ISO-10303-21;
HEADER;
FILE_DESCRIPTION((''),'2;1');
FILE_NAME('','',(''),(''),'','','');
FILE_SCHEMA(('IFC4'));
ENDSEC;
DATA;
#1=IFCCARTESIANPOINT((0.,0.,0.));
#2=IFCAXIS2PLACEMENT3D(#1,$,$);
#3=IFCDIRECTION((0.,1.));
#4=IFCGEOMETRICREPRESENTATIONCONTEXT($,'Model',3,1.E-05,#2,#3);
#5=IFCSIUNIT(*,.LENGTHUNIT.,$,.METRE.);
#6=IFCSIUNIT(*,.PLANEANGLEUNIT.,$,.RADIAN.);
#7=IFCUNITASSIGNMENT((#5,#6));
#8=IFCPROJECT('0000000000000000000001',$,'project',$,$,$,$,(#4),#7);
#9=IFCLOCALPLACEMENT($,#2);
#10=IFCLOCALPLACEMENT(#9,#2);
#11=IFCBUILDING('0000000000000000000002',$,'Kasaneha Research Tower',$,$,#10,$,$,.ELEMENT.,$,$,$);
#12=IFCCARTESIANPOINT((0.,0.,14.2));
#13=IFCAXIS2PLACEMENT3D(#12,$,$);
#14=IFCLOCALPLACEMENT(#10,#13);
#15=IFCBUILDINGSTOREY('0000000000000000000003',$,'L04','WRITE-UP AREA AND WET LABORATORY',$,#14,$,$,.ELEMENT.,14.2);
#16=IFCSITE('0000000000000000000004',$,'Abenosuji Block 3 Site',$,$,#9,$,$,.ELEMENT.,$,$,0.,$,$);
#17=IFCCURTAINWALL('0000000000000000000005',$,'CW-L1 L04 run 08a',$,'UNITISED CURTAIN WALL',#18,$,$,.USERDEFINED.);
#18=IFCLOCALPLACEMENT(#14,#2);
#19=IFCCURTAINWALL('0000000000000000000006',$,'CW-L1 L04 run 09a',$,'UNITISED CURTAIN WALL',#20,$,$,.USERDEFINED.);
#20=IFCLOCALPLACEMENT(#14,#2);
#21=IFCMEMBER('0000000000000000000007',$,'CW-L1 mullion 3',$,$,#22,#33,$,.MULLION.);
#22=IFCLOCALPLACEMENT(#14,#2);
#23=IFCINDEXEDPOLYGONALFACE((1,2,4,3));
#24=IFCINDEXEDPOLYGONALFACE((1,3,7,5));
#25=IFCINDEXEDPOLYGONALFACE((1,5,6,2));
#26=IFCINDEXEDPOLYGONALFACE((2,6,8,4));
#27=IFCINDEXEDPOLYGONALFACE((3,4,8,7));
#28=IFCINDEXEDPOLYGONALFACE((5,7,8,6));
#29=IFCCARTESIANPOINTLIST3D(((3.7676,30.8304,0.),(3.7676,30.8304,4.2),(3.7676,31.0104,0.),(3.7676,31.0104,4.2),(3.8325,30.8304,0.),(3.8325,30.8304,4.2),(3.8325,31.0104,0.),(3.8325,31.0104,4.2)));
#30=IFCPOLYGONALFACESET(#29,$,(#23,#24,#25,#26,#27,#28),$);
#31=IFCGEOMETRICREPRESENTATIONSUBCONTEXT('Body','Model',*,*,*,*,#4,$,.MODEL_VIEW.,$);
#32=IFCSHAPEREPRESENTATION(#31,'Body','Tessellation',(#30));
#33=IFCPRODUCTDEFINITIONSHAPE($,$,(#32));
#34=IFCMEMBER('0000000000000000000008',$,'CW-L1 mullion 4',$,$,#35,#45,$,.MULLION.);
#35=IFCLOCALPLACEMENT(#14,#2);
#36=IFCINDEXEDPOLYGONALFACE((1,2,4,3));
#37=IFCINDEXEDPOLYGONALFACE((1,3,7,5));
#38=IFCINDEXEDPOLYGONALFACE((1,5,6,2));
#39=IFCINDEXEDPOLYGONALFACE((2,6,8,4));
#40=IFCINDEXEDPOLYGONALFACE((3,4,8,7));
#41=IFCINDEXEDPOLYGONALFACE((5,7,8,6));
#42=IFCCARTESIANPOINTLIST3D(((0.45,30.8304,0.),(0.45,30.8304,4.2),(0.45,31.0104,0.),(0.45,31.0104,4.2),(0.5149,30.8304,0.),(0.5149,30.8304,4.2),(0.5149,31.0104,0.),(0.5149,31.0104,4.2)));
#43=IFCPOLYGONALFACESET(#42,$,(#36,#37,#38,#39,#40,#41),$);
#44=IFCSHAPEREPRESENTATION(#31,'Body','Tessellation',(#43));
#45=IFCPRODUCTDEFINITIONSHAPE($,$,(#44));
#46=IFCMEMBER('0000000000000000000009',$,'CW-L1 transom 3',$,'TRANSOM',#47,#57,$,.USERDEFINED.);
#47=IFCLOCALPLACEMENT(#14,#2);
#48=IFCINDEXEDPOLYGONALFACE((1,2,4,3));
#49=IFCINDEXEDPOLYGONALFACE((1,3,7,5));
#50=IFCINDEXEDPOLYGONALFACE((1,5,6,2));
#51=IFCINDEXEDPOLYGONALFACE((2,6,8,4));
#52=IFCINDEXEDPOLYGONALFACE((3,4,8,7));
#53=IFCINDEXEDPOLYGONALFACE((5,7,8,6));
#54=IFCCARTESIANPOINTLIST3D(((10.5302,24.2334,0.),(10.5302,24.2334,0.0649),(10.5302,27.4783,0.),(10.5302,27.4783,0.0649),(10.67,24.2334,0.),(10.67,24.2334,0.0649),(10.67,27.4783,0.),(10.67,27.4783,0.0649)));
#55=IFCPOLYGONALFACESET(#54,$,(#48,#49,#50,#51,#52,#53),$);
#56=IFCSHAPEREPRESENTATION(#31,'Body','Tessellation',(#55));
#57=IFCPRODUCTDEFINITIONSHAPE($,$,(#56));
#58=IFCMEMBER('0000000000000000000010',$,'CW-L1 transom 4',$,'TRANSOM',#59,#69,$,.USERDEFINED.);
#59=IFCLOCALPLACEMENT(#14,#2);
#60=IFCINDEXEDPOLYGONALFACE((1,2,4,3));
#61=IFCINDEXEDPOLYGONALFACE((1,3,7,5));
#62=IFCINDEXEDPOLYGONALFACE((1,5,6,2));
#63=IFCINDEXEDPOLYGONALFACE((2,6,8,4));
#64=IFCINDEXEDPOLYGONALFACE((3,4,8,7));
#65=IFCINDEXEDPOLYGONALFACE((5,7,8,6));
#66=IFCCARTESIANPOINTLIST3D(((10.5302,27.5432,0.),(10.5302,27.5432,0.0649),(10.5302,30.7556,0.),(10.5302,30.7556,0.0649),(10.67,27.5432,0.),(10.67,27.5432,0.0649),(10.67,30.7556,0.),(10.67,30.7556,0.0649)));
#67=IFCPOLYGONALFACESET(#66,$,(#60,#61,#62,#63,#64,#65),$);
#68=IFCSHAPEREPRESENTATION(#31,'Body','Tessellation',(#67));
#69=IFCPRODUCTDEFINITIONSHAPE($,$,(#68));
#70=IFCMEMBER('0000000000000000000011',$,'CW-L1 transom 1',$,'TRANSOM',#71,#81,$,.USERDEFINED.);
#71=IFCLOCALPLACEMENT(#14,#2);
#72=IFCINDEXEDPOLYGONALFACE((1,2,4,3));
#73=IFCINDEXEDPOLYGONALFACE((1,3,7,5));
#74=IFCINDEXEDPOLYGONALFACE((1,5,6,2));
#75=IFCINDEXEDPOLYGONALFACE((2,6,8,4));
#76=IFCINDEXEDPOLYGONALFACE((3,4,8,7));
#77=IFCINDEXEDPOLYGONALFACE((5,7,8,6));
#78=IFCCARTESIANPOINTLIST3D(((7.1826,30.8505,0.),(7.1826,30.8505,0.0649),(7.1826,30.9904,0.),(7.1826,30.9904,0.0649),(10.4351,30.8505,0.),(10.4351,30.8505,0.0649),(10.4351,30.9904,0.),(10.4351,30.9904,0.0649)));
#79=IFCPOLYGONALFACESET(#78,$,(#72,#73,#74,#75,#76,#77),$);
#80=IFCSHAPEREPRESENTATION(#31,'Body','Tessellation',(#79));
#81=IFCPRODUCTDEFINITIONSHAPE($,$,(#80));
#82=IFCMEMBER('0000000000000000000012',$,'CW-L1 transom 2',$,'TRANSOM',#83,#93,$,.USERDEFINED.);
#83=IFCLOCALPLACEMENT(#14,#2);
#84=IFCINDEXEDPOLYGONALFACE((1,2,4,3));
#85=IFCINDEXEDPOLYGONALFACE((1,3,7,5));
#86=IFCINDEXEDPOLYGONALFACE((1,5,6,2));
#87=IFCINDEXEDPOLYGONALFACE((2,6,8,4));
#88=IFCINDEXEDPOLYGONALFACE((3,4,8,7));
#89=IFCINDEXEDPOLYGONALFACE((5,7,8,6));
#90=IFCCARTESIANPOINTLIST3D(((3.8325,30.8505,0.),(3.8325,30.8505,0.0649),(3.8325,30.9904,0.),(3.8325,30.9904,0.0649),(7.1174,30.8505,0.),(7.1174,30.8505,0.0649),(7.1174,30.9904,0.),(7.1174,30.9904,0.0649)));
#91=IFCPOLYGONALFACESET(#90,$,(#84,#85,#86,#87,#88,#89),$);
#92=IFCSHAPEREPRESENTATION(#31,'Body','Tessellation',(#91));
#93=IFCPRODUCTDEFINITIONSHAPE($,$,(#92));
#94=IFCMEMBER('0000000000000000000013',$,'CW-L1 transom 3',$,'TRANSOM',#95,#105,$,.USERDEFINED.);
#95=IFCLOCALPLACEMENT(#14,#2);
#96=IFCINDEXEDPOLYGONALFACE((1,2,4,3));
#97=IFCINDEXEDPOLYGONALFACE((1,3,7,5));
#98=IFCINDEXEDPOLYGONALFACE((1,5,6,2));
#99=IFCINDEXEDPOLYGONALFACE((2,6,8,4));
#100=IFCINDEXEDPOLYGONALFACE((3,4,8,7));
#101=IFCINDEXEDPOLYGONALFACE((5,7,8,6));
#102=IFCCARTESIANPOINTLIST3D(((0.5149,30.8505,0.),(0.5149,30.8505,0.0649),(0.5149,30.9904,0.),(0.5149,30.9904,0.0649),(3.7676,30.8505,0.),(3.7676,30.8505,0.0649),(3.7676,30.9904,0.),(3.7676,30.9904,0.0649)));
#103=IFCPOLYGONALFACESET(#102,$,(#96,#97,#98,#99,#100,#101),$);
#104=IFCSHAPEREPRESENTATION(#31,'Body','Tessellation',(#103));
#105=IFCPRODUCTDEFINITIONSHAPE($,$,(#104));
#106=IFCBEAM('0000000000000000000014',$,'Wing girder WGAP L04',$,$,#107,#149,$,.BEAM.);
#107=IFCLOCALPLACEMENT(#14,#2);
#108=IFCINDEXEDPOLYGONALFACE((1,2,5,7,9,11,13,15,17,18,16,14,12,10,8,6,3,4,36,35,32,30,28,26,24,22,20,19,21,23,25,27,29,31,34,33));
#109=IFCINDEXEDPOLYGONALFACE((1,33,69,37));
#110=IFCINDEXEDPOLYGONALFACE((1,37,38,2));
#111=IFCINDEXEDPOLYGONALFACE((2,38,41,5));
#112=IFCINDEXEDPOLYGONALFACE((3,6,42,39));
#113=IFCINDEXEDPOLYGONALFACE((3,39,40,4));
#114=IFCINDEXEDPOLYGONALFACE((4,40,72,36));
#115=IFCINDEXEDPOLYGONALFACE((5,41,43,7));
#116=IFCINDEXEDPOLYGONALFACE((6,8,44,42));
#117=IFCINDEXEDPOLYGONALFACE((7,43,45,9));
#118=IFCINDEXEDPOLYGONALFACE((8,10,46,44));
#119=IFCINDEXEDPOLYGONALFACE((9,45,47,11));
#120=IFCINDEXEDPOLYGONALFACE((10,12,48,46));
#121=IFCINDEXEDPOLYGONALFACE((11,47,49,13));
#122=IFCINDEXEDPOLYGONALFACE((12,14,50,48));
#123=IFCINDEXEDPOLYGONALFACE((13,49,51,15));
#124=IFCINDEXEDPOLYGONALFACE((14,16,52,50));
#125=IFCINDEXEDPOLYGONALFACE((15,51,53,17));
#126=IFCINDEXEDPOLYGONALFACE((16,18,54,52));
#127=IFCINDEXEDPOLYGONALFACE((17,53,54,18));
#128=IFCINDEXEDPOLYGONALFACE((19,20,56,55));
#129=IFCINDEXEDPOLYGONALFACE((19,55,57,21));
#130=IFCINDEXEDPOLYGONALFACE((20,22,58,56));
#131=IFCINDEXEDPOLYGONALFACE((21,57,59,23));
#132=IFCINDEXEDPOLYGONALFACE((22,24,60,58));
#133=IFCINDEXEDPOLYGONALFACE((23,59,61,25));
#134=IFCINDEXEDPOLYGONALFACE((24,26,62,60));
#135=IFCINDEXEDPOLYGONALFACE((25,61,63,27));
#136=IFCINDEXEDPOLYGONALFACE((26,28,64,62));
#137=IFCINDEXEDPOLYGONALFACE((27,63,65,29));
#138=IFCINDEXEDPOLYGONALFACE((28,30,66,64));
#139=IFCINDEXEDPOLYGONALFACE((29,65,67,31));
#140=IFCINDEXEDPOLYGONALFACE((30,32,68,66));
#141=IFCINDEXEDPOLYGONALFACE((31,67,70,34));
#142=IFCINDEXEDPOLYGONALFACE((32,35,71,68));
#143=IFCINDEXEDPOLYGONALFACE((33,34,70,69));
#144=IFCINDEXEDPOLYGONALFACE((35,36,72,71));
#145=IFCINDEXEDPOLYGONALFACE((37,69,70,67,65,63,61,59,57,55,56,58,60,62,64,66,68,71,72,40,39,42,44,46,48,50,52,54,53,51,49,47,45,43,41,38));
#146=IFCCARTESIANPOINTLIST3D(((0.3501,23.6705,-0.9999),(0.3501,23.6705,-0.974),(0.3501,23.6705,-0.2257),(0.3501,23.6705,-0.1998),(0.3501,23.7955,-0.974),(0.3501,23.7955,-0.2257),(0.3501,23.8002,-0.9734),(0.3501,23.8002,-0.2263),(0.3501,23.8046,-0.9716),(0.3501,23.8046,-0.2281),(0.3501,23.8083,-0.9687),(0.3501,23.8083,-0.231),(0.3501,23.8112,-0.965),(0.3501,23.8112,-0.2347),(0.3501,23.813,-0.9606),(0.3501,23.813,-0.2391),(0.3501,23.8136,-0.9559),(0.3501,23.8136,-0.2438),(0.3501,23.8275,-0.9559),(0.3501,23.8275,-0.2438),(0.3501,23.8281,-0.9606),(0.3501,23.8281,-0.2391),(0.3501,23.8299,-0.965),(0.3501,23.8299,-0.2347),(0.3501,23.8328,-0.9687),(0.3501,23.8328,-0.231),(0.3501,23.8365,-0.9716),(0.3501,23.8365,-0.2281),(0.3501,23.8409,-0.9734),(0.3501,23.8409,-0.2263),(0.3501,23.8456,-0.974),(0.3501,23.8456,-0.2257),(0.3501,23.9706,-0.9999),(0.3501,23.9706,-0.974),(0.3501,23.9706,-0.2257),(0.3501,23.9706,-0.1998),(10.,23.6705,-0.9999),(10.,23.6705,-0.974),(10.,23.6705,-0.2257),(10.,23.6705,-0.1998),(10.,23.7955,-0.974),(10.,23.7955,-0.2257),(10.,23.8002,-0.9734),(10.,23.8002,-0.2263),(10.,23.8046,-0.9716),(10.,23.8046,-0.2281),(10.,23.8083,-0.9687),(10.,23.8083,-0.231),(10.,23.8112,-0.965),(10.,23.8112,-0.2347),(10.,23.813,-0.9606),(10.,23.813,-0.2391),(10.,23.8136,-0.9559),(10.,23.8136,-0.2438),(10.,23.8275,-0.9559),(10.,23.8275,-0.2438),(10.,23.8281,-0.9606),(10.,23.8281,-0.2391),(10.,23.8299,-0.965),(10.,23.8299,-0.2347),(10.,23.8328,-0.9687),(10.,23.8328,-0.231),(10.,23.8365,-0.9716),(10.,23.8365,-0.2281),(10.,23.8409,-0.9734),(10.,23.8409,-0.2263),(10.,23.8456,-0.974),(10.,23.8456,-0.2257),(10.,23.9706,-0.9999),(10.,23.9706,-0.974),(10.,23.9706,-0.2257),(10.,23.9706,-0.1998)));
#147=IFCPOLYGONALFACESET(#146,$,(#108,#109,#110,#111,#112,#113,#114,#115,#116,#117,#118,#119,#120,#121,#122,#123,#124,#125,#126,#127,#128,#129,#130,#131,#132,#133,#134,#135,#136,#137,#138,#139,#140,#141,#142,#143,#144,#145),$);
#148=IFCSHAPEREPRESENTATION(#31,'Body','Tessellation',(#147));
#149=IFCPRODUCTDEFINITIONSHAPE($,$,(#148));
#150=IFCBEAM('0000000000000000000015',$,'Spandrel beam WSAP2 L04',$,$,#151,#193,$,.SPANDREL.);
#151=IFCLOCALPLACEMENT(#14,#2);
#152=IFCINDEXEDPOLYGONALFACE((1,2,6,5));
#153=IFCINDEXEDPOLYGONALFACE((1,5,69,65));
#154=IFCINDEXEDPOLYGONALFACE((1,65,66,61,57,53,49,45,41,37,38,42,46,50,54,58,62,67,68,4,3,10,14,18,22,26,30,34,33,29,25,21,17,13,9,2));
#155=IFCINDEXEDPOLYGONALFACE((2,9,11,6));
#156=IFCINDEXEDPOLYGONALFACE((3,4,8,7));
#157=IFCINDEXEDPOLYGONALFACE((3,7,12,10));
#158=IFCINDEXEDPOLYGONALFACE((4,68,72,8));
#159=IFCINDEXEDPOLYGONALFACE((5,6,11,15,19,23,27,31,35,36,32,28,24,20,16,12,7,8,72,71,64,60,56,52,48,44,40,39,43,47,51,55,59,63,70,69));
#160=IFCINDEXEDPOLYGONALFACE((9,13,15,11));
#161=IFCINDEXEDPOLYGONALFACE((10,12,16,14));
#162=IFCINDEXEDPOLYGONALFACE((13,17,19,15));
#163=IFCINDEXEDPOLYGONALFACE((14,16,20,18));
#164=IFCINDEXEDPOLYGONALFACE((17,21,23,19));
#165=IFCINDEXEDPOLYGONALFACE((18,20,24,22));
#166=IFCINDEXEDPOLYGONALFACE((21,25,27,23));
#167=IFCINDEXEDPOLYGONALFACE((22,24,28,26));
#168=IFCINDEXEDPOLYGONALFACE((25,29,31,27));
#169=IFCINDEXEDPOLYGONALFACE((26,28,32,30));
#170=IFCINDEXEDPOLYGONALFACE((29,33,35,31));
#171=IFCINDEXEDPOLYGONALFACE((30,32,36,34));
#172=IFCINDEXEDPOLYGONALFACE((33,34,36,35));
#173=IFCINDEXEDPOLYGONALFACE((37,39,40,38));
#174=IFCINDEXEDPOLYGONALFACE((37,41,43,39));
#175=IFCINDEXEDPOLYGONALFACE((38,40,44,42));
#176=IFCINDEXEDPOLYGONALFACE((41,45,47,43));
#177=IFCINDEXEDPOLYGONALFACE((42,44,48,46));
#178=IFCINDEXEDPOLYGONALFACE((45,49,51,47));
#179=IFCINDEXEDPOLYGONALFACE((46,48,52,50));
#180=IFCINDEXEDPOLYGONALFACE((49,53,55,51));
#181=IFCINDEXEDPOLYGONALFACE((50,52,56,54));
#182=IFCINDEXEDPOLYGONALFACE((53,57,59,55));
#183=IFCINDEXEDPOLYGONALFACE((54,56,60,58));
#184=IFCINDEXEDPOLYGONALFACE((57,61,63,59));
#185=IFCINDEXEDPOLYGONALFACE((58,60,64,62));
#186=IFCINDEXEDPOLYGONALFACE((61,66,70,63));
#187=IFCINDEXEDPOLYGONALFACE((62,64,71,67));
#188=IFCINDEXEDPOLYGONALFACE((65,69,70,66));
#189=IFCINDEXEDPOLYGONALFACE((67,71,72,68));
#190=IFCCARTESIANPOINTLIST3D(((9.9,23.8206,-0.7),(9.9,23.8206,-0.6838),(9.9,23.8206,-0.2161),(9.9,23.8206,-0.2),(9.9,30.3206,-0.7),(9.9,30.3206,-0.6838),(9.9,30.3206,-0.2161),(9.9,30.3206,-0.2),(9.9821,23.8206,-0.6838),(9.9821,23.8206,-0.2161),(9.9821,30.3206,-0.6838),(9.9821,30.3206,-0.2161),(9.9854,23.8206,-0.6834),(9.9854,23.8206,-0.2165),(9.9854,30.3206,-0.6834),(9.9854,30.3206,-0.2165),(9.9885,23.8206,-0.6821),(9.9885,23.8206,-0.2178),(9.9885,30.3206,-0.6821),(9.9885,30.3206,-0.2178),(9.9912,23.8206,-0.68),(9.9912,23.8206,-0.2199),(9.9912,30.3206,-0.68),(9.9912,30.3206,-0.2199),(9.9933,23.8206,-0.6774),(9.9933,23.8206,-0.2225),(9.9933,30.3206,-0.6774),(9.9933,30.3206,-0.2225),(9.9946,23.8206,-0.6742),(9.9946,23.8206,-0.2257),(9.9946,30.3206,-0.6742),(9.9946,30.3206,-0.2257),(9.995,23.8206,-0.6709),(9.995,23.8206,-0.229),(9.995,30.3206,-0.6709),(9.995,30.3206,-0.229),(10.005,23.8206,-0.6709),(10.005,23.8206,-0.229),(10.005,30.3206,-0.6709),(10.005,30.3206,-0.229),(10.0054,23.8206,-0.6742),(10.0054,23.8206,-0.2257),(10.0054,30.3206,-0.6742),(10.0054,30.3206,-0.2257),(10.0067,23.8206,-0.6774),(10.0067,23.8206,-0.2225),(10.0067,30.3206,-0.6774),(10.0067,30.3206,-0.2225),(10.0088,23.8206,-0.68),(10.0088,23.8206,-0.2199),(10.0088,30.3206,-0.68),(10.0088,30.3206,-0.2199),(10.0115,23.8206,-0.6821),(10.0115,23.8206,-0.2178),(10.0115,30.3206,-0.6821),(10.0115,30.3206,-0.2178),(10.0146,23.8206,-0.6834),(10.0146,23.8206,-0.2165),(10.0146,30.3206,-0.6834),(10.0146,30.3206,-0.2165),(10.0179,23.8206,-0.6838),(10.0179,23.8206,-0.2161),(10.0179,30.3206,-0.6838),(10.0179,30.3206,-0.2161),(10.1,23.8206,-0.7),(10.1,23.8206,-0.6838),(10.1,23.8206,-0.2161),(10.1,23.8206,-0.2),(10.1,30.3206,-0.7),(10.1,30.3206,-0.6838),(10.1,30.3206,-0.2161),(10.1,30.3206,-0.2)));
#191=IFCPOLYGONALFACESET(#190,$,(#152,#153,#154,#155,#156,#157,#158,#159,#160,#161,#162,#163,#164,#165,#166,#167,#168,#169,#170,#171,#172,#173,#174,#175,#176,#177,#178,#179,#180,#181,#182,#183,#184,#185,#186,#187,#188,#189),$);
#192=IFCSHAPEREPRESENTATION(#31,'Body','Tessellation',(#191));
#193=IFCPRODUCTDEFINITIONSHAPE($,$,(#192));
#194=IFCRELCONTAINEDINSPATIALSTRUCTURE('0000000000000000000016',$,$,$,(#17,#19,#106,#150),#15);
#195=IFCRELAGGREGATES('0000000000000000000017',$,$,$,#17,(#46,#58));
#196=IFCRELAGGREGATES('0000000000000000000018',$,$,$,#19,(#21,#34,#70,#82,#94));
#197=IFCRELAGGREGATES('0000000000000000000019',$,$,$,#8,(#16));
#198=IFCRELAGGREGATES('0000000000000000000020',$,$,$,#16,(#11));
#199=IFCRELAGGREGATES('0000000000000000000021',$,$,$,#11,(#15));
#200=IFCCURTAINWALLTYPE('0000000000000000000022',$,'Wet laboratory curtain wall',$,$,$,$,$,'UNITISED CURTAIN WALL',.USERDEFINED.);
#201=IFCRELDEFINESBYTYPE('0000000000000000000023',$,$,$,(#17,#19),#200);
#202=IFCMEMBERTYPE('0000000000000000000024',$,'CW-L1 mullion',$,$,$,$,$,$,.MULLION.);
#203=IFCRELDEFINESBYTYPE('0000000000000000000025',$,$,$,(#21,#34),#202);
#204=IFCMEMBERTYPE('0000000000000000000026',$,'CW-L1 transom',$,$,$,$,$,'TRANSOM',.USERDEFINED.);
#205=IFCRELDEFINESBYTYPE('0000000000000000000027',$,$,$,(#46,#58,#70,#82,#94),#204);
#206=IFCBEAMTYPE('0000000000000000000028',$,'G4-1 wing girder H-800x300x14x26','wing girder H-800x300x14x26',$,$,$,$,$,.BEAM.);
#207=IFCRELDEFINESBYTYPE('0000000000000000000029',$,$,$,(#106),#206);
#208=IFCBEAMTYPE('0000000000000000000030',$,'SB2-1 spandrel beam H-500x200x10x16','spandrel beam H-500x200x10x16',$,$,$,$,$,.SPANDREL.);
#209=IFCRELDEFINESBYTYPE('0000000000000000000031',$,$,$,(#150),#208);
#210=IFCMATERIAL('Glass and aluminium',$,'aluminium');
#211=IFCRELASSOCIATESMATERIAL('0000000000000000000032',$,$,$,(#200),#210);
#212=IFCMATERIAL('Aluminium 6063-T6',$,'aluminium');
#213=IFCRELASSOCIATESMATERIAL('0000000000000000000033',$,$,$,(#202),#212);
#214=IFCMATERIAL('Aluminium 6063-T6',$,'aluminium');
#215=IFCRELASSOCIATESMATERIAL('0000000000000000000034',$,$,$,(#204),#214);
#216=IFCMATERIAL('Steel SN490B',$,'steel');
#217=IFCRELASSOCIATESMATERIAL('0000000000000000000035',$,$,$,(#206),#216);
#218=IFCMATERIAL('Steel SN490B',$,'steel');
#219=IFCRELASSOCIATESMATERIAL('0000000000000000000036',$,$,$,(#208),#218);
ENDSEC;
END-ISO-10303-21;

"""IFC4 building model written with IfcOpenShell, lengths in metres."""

from ifc_helpers import new_model, si_unit, direction, frame, origin, origin_2d, place, context, subcontext, project, spatial, rectangle, i_section, extrude, material, material_profile, profile_set, type_object, element, aggregate, save


model = new_model("IFC4")

# Units and contexts
model_context = context("Model", 3, precision=1e-05, world=origin(), true_north=direction((0.0, 1.0)))
body_context = subcontext(model_context, "Body", "Model", "MODEL_VIEW")
ifc_project = project(units=[si_unit("LENGTHUNIT", "METRE"), si_unit("PLANEANGLEUNIT", "RADIAN")], contexts=[model_context])

# Site, building, storey
site_placement = place(None, origin())
site = spatial("IfcSite", under=ifc_project, at=site_placement, Name="Abenosuji Block 3 Site", CompositionType="ELEMENT", RefElevation=0.0)
building_placement = place(site_placement, origin())
building = spatial("IfcBuilding", under=site, at=building_placement, Name="Kasaneha Research Tower", CompositionType="ELEMENT")
storey_placement = place(building_placement, frame((0.0, 0.0, 14.2)))
storey = spatial("IfcBuildingStorey", under=building, at=storey_placement, Name="L04", Description="WRITE-UP AREA AND WET LABORATORY", CompositionType="ELEMENT", Elevation=14.2)

# Curtain walls, members
ifc_material_1 = material(Name="Glass and aluminium", Category="aluminium")
curtain_wall_type = type_object("IfcCurtainWallType", Name="Wet laboratory curtain wall", ElementType="UNITISED CURTAIN WALL", PredefinedType="USERDEFINED", material=ifc_material_1)
curtain_wall_1_placement = place(storey_placement, origin())
curtain_wall_1 = element("IfcCurtainWall", 1, at=curtain_wall_1_placement, inside=storey, type_object=curtain_wall_type, Name="CW-L1 L04 run 08a", ObjectType="UNITISED CURTAIN WALL", PredefinedType="USERDEFINED")
ifc_material_2 = material(Name="Aluminium 6063-T6", Category="aluminium")
ifc_material_profile_1 = material_profile(ifc_material_2, rectangle(XDim=0.0649, YDim=0.1799, at=origin_2d()), Name="CW-L1 mullion 65x180")
ifc_profile_set_1 = profile_set([ifc_material_profile_1], Name="Aluminium 6063-T6")
member_type_1 = type_object("IfcMemberType", Name="CW-L1 mullion", PredefinedType="MULLION", material=ifc_profile_set_1)
curtain_wall_2_placement = place(storey_placement, origin())
curtain_wall_2 = element("IfcCurtainWall", 2, at=curtain_wall_2_placement, inside=storey, type_object=curtain_wall_type, Name="CW-L1 L04 run 09a", ObjectType="UNITISED CURTAIN WALL", PredefinedType="USERDEFINED")
member_1_placement = place(storey_placement, frame((3.8, 30.9204, 0.0), z_axis=(0.0, 0.0, 1.0), x_axis=(-1.0, 0.0, 0.0)))
member_1 = element("IfcMember", 3, at=member_1_placement, type_object=member_type_1, Name="CW-L1 mullion 3", PredefinedType="MULLION", context=body_context, shape_type="SweptSolid", body=[
    extrude(rectangle(XDim=0.0649, YDim=0.1799, at=origin_2d()), origin(), (0.0, 0.0, 1.0), 4.2),
])
member_2_placement = place(storey_placement, frame((0.4824, 30.9204, 0.0), z_axis=(0.0, 0.0, 1.0), x_axis=(-1.0, 0.0, 0.0)))
member_2 = element("IfcMember", 4, at=member_2_placement, type_object=member_type_1, Name="CW-L1 mullion 4", PredefinedType="MULLION", context=body_context, shape_type="SweptSolid", body=[
    extrude(rectangle(XDim=0.0649, YDim=0.1799, at=origin_2d()), origin(), (0.0, 0.0, 1.0), 4.2),
])

# Members
ifc_material_3 = material(Name="Aluminium 6063-T6", Category="aluminium")
ifc_material_profile_2 = material_profile(ifc_material_3, rectangle(XDim=0.1399, YDim=0.0649, at=origin_2d()), Name="CW-L1 transom 140x65")
ifc_profile_set_2 = profile_set([ifc_material_profile_2], Name="Aluminium 6063-T6")
member_type_2 = type_object("IfcMemberType", Name="CW-L1 transom", ElementType="TRANSOM", PredefinedType="USERDEFINED", material=ifc_profile_set_2)
member_3_placement = place(storey_placement, frame((10.6001, 24.2334, 0.0325), z_axis=(0.0, 1.0, 0.0), x_axis=(-1.0, 0.0, 0.0)))
member_3 = element("IfcMember", 5, at=member_3_placement, type_object=member_type_2, Name="CW-L1 transom 3", ObjectType="TRANSOM", PredefinedType="USERDEFINED", context=body_context, shape_type="SweptSolid", body=[
    extrude(rectangle(XDim=0.1399, YDim=0.0649, at=origin_2d()), origin(), (0.0, 0.0, 1.0), 3.2449),
])
member_4_placement = place(storey_placement, frame((10.6001, 27.5432, 0.0325), z_axis=(0.0, 1.0, 0.0), x_axis=(-1.0, 0.0, 0.0)))
member_4 = element("IfcMember", 6, at=member_4_placement, type_object=member_type_2, Name="CW-L1 transom 4", ObjectType="TRANSOM", PredefinedType="USERDEFINED", context=body_context, shape_type="SweptSolid", body=[
    extrude(rectangle(XDim=0.1399, YDim=0.0649, at=origin_2d()), origin(), (0.0, 0.0, 1.0), 3.2124),
])
member_5_placement = place(storey_placement, frame((10.4351, 30.9204, 0.0325), z_axis=(-1.0, 0.0, 0.0), x_axis=(0.0, -1.0, 0.0)))
member_5 = element("IfcMember", 7, at=member_5_placement, type_object=member_type_2, Name="CW-L1 transom 1", ObjectType="TRANSOM", PredefinedType="USERDEFINED", context=body_context, shape_type="SweptSolid", body=[
    extrude(rectangle(XDim=0.1399, YDim=0.0649, at=origin_2d()), origin(), (0.0, 0.0, 1.0), 3.2524),
])
member_6_placement = place(storey_placement, frame((7.1174, 30.9204, 0.0325), z_axis=(-1.0, 0.0, 0.0), x_axis=(0.0, -1.0, 0.0)))
member_6 = element("IfcMember", 8, at=member_6_placement, type_object=member_type_2, Name="CW-L1 transom 2", ObjectType="TRANSOM", PredefinedType="USERDEFINED", context=body_context, shape_type="SweptSolid", body=[
    extrude(rectangle(XDim=0.1399, YDim=0.0649, at=origin_2d()), origin(), (0.0, 0.0, 1.0), 3.2849),
])
member_7_placement = place(storey_placement, frame((3.7676, 30.9204, 0.0325), z_axis=(-1.0, 0.0, 0.0), x_axis=(0.0, -1.0, 0.0)))
member_7 = element("IfcMember", 9, at=member_7_placement, type_object=member_type_2, Name="CW-L1 transom 3", ObjectType="TRANSOM", PredefinedType="USERDEFINED", context=body_context, shape_type="SweptSolid", body=[
    extrude(rectangle(XDim=0.1399, YDim=0.0649, at=origin_2d()), origin(), (0.0, 0.0, 1.0), 3.2527),
])

# Beams
ifc_material_4 = material(Name="Steel SN490B", Category="steel")
ifc_material_profile_3 = material_profile(ifc_material_4, i_section(OverallWidth=0.3, OverallDepth=0.8, WebThickness=0.0139, FlangeThickness=0.0259, FilletRadius=0.0181, at=origin_2d()), Name="H-800x300x14x26")
ifc_profile_set_3 = profile_set([ifc_material_profile_3], Name="Steel SN490B")
beam_type_1 = type_object("IfcBeamType", Name="G4-1 wing girder H-800x300x14x26", Description="wing girder H-800x300x14x26", PredefinedType="BEAM", material=ifc_profile_set_3)
beam_1_placement = place(storey_placement, frame((10.0, 23.8206, -0.5999), z_axis=(-1.0, 0.0, 0.0), x_axis=(0.0, -1.0, 0.0)))
element("IfcBeam", 10, at=beam_1_placement, inside=storey, type_object=beam_type_1, Name="Wing girder WGAP L04", PredefinedType="BEAM", context=body_context, shape_type="SweptSolid", body=[
    extrude(i_section(OverallWidth=0.3, OverallDepth=0.8, WebThickness=0.0139, FlangeThickness=0.0259, FilletRadius=0.0181, at=origin_2d()), origin(), (0.0, 0.0, 1.0), 9.6499),
])
ifc_material_5 = material(Name="Steel SN490B", Category="steel")
ifc_material_profile_4 = material_profile(ifc_material_5, i_section(OverallWidth=0.2, OverallDepth=0.5, WebThickness=0.01, FlangeThickness=0.0161, FilletRadius=0.0129, at=origin_2d()), Name="H-500x200x10x16")
ifc_profile_set_4 = profile_set([ifc_material_profile_4], Name="Steel SN490B")
beam_type_2 = type_object("IfcBeamType", Name="SB2-1 spandrel beam H-500x200x10x16", Description="spandrel beam H-500x200x10x16", PredefinedType="SPANDREL", material=ifc_profile_set_4)
beam_2_placement = place(storey_placement, frame((10.0, 23.8206, -0.45), z_axis=(0.0, 1.0, 0.0), x_axis=(-1.0, 0.0, 0.0)))
element("IfcBeam", 11, at=beam_2_placement, inside=storey, type_object=beam_type_2, Name="Spandrel beam WSAP2 L04", PredefinedType="SPANDREL", context=body_context, shape_type="SweptSolid", body=[
    extrude(i_section(OverallWidth=0.2, OverallDepth=0.5, WebThickness=0.01, FlangeThickness=0.0161, FilletRadius=0.0129, at=origin_2d()), origin(), (0.0, 0.0, 1.0), 6.5),
])

aggregate(curtain_wall_1, [member_3, member_4])
aggregate(curtain_wall_2, [member_1, member_2, member_5, member_6, member_7])

save(model, "model.ifc")
